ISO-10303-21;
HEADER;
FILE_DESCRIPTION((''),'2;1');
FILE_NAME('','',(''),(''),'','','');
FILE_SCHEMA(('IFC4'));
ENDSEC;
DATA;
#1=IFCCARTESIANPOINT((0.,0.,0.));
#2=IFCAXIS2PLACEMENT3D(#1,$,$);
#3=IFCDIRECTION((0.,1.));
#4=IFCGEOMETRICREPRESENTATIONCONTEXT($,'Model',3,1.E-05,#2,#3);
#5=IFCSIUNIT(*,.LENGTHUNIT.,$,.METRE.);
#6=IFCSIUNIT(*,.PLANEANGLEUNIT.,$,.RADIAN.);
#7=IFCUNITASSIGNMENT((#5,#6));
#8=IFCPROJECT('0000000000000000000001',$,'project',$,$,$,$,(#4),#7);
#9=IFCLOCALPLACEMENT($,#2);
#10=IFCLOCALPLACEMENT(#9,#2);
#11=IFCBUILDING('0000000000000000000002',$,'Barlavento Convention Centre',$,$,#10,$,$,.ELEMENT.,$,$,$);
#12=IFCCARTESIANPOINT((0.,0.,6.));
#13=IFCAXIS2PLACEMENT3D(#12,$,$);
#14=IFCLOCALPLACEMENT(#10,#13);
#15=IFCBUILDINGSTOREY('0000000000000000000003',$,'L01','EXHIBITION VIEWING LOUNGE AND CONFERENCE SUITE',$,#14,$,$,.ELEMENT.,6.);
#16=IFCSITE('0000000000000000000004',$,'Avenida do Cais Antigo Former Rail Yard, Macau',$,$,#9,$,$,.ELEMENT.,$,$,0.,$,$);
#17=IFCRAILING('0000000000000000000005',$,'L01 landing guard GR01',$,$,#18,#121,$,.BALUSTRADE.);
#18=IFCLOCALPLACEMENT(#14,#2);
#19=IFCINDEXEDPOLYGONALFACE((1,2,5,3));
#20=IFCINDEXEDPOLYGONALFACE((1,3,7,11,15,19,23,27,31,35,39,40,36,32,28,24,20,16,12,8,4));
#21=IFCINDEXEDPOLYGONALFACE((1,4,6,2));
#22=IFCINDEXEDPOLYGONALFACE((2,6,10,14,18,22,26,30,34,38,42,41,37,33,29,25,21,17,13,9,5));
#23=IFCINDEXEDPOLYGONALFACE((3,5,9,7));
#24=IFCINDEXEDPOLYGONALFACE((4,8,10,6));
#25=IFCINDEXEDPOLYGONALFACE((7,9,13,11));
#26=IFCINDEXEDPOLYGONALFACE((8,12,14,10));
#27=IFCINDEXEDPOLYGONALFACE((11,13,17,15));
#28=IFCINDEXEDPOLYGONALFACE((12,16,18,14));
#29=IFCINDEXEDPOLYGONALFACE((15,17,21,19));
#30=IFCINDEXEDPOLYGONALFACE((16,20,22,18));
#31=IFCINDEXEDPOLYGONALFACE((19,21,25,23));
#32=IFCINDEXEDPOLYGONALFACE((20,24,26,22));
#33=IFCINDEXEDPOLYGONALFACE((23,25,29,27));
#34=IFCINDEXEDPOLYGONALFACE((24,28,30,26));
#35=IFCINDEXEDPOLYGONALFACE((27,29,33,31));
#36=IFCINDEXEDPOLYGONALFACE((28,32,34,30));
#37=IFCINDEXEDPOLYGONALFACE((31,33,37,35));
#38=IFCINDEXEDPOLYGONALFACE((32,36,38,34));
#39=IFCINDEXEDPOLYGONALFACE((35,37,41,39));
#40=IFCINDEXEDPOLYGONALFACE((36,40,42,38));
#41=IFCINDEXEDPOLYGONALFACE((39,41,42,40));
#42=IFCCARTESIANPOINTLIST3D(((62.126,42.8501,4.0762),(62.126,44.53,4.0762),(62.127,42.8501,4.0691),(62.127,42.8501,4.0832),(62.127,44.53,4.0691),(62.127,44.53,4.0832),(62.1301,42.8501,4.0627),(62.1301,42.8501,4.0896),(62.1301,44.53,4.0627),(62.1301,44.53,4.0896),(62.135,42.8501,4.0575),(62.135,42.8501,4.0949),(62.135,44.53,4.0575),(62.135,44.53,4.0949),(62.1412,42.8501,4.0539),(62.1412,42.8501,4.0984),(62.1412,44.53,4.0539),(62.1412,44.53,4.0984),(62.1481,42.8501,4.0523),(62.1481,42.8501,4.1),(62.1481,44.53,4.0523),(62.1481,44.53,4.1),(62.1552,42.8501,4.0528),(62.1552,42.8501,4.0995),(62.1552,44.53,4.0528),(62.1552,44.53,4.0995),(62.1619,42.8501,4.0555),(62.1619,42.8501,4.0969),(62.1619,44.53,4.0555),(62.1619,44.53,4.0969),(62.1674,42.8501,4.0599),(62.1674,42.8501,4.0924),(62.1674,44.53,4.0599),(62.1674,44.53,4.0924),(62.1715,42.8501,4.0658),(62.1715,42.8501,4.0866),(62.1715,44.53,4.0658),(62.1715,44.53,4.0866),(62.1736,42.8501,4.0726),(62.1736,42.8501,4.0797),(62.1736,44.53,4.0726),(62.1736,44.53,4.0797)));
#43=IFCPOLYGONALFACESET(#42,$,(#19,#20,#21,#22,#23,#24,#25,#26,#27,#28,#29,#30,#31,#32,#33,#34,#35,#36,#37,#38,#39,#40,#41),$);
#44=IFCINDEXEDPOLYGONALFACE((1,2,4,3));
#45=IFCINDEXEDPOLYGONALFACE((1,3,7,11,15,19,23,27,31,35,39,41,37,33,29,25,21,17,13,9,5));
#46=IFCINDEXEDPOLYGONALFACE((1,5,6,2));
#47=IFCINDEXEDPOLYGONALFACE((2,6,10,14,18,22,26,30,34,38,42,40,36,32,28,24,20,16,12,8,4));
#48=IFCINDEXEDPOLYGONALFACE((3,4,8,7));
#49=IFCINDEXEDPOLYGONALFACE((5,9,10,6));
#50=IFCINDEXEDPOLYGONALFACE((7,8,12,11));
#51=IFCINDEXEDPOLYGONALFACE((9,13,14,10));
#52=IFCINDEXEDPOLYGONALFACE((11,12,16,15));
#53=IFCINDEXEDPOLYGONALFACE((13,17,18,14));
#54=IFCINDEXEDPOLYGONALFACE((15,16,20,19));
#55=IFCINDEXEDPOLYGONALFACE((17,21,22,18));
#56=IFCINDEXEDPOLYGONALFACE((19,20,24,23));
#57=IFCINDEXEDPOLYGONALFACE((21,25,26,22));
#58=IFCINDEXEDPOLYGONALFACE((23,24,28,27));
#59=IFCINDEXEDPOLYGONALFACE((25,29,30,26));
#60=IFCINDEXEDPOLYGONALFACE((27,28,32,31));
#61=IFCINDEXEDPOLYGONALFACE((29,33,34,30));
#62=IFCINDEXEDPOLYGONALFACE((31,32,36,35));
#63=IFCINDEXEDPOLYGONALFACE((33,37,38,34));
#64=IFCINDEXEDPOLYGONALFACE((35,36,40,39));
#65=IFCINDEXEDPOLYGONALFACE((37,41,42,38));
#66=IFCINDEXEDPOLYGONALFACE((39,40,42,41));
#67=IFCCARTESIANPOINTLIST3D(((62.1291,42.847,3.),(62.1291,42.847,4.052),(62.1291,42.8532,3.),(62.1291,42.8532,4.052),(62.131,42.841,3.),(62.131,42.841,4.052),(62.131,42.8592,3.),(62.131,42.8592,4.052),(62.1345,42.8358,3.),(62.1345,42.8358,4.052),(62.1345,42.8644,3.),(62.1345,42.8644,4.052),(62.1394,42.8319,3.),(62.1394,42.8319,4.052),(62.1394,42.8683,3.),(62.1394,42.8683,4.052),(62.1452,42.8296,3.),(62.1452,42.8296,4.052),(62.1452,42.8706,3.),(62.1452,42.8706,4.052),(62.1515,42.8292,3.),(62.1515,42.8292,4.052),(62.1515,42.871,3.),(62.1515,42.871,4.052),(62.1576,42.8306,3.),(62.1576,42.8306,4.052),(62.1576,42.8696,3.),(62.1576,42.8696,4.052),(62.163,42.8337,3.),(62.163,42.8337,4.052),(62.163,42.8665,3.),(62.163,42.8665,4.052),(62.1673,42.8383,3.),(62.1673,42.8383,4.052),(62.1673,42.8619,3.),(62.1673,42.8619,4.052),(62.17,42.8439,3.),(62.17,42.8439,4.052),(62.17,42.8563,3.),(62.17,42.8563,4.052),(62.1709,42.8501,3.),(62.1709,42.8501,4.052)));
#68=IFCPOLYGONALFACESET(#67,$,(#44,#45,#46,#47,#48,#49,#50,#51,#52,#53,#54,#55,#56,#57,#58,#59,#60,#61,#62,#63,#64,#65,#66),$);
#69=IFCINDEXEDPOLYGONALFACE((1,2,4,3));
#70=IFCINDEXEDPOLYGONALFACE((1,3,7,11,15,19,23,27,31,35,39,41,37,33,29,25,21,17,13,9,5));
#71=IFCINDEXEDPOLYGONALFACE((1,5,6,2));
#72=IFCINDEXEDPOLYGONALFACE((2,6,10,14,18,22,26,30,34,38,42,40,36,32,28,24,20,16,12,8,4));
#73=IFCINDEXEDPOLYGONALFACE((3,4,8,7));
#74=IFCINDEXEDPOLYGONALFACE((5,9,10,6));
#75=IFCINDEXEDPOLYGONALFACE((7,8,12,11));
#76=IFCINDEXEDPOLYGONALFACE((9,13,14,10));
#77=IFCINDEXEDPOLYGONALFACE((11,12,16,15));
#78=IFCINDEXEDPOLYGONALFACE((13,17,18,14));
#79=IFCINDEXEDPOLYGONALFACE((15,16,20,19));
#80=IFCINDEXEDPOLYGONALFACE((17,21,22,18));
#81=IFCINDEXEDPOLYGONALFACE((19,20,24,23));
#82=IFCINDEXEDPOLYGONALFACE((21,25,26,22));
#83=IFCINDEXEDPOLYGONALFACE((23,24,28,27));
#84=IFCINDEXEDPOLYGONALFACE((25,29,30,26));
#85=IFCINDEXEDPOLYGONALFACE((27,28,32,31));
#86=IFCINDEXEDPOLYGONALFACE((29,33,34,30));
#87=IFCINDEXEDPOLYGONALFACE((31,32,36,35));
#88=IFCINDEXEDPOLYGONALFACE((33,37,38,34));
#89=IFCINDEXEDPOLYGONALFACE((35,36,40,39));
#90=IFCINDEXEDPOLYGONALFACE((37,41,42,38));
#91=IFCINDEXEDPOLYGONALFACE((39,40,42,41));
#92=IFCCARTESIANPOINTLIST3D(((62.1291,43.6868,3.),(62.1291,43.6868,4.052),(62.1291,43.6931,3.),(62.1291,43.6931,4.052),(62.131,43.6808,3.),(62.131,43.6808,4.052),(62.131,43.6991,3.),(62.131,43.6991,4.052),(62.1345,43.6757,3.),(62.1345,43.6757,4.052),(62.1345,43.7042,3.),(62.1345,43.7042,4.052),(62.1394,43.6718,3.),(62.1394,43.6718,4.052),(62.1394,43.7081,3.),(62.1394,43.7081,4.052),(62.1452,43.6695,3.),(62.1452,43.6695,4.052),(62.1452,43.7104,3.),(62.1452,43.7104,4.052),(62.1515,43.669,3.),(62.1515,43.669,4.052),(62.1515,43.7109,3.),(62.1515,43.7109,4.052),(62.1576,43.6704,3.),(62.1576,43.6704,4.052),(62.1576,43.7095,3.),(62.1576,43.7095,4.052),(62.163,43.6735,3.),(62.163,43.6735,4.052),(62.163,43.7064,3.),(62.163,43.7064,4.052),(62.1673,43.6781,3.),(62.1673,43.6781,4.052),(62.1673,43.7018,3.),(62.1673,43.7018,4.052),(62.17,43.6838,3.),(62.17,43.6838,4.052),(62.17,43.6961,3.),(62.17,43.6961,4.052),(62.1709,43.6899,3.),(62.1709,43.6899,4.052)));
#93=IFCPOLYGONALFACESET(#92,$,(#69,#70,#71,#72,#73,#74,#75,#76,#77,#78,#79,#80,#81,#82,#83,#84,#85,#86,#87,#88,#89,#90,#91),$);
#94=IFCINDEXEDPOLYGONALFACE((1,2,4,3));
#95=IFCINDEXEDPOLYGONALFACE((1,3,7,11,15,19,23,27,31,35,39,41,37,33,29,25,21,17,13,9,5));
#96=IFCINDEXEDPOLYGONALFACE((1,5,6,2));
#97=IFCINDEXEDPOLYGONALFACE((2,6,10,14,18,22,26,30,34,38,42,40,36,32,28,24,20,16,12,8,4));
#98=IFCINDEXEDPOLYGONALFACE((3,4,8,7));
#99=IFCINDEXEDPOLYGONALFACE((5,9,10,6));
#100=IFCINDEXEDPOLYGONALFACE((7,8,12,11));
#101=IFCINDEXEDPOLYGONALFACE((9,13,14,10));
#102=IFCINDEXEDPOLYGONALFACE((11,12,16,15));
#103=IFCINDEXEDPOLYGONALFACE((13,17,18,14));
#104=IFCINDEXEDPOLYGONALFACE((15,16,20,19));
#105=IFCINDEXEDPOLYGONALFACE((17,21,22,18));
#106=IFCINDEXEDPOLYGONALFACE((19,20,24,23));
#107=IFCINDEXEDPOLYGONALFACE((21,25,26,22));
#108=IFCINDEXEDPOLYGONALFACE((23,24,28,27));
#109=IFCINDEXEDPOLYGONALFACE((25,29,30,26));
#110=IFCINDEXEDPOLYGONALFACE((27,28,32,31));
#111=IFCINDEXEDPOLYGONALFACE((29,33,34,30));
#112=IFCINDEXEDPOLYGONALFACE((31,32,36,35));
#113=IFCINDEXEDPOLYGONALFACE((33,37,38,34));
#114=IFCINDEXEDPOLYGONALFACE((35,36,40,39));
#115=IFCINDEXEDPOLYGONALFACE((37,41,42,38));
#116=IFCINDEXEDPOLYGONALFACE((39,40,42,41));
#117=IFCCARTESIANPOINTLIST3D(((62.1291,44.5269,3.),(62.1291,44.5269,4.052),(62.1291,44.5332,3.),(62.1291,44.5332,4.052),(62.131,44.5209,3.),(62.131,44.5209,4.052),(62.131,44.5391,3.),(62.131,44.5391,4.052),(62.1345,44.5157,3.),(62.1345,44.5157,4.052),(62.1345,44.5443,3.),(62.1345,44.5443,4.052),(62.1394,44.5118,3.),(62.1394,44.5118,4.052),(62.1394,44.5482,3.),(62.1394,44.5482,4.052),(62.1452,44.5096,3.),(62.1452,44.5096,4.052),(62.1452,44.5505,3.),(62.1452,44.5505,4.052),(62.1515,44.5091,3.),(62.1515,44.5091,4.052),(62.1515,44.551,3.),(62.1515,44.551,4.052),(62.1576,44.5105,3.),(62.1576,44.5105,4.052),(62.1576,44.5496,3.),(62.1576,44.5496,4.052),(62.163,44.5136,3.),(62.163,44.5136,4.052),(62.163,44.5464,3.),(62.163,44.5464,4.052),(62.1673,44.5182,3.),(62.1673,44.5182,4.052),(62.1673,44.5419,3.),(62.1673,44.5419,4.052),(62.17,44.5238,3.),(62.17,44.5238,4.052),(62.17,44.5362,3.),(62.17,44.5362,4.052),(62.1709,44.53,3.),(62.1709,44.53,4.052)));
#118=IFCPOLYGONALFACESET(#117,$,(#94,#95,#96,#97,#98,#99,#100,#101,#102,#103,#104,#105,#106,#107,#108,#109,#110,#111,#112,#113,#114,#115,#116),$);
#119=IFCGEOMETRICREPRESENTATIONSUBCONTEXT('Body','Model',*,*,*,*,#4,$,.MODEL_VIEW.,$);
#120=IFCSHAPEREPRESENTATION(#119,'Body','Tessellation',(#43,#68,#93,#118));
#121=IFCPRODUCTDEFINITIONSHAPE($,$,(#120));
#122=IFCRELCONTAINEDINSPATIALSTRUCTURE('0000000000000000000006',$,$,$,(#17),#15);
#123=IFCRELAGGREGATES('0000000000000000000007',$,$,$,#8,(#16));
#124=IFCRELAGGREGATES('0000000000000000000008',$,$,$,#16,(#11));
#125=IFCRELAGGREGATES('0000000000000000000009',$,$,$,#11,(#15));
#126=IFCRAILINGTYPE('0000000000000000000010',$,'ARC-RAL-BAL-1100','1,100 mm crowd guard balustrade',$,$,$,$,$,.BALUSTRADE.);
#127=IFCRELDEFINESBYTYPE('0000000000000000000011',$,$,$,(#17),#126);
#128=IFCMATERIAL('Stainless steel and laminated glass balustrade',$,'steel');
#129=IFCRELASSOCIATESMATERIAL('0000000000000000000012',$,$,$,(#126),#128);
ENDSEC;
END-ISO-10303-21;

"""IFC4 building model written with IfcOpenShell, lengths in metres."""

from ifc_helpers import new_model, si_unit, direction, frame, origin, origin_2d, place, context, subcontext, project, spatial, circle, extrude, material, type_object, element, save


model = new_model("IFC4")

# Units and contexts
model_context = context("Model", 3, precision=1e-05, world=origin(), true_north=direction((0.0, 1.0)))
body_context = subcontext(model_context, "Body", "Model", "MODEL_VIEW")
ifc_project = project(units=[si_unit("LENGTHUNIT", "METRE"), si_unit("PLANEANGLEUNIT", "RADIAN")], contexts=[model_context])

# Site, building, storey
site_placement = place(None, origin())
site = spatial("IfcSite", under=ifc_project, at=site_placement, Name="Avenida do Cais Antigo Former Rail Yard, Macau", CompositionType="ELEMENT", RefElevation=0.0)
building_placement = place(site_placement, origin())
building = spatial("IfcBuilding", under=site, at=building_placement, Name="Barlavento Convention Centre", CompositionType="ELEMENT")
storey_placement = place(building_placement, frame((0.0, 0.0, 6.0)))
storey = spatial("IfcBuildingStorey", under=building, at=storey_placement, Name="L01", Description="EXHIBITION VIEWING LOUNGE AND CONFERENCE SUITE", CompositionType="ELEMENT", Elevation=6.0)

# Railing
ifc_material_1 = material(Name="Stainless steel and laminated glass balustrade", Category="steel")
railing_type_1 = type_object("IfcRailingType", Name="ARC-RAL-BAL-1100", Description="1,100 mm crowd guard balustrade", PredefinedType="BALUSTRADE", material=ifc_material_1)
railing_1_placement = place(storey_placement, frame((62.1499, 42.8501, 3.0)))
element("IfcRailing", 1, at=railing_1_placement, inside=storey, type_object=railing_type_1, Name="L01 landing guard GR01", PredefinedType="BALUSTRADE", context=body_context, shape_type="SweptSolid", body=[
    extrude(circle(Radius=0.0239, at=origin_2d()), frame((0.0, 0.0, 1.0762), z_axis=(0.0, 1.0, 0.0), x_axis=(-1.0, 0.0, 0.0)), (0.0, 0.0, 1.0), 1.6799),
    extrude(circle(Radius=0.021, at=origin_2d()), origin(), (0.0, 0.0, 1.0), 1.052),
    extrude(circle(Radius=0.021, at=origin_2d()), frame((0.0, 0.8398, 0.0)), (0.0, 0.0, 1.0), 1.052),
    extrude(circle(Radius=0.021, at=origin_2d()), frame((0.0, 1.6799, 0.0)), (0.0, 0.0, 1.0), 1.052),
])

save(model, "model.ifc")
